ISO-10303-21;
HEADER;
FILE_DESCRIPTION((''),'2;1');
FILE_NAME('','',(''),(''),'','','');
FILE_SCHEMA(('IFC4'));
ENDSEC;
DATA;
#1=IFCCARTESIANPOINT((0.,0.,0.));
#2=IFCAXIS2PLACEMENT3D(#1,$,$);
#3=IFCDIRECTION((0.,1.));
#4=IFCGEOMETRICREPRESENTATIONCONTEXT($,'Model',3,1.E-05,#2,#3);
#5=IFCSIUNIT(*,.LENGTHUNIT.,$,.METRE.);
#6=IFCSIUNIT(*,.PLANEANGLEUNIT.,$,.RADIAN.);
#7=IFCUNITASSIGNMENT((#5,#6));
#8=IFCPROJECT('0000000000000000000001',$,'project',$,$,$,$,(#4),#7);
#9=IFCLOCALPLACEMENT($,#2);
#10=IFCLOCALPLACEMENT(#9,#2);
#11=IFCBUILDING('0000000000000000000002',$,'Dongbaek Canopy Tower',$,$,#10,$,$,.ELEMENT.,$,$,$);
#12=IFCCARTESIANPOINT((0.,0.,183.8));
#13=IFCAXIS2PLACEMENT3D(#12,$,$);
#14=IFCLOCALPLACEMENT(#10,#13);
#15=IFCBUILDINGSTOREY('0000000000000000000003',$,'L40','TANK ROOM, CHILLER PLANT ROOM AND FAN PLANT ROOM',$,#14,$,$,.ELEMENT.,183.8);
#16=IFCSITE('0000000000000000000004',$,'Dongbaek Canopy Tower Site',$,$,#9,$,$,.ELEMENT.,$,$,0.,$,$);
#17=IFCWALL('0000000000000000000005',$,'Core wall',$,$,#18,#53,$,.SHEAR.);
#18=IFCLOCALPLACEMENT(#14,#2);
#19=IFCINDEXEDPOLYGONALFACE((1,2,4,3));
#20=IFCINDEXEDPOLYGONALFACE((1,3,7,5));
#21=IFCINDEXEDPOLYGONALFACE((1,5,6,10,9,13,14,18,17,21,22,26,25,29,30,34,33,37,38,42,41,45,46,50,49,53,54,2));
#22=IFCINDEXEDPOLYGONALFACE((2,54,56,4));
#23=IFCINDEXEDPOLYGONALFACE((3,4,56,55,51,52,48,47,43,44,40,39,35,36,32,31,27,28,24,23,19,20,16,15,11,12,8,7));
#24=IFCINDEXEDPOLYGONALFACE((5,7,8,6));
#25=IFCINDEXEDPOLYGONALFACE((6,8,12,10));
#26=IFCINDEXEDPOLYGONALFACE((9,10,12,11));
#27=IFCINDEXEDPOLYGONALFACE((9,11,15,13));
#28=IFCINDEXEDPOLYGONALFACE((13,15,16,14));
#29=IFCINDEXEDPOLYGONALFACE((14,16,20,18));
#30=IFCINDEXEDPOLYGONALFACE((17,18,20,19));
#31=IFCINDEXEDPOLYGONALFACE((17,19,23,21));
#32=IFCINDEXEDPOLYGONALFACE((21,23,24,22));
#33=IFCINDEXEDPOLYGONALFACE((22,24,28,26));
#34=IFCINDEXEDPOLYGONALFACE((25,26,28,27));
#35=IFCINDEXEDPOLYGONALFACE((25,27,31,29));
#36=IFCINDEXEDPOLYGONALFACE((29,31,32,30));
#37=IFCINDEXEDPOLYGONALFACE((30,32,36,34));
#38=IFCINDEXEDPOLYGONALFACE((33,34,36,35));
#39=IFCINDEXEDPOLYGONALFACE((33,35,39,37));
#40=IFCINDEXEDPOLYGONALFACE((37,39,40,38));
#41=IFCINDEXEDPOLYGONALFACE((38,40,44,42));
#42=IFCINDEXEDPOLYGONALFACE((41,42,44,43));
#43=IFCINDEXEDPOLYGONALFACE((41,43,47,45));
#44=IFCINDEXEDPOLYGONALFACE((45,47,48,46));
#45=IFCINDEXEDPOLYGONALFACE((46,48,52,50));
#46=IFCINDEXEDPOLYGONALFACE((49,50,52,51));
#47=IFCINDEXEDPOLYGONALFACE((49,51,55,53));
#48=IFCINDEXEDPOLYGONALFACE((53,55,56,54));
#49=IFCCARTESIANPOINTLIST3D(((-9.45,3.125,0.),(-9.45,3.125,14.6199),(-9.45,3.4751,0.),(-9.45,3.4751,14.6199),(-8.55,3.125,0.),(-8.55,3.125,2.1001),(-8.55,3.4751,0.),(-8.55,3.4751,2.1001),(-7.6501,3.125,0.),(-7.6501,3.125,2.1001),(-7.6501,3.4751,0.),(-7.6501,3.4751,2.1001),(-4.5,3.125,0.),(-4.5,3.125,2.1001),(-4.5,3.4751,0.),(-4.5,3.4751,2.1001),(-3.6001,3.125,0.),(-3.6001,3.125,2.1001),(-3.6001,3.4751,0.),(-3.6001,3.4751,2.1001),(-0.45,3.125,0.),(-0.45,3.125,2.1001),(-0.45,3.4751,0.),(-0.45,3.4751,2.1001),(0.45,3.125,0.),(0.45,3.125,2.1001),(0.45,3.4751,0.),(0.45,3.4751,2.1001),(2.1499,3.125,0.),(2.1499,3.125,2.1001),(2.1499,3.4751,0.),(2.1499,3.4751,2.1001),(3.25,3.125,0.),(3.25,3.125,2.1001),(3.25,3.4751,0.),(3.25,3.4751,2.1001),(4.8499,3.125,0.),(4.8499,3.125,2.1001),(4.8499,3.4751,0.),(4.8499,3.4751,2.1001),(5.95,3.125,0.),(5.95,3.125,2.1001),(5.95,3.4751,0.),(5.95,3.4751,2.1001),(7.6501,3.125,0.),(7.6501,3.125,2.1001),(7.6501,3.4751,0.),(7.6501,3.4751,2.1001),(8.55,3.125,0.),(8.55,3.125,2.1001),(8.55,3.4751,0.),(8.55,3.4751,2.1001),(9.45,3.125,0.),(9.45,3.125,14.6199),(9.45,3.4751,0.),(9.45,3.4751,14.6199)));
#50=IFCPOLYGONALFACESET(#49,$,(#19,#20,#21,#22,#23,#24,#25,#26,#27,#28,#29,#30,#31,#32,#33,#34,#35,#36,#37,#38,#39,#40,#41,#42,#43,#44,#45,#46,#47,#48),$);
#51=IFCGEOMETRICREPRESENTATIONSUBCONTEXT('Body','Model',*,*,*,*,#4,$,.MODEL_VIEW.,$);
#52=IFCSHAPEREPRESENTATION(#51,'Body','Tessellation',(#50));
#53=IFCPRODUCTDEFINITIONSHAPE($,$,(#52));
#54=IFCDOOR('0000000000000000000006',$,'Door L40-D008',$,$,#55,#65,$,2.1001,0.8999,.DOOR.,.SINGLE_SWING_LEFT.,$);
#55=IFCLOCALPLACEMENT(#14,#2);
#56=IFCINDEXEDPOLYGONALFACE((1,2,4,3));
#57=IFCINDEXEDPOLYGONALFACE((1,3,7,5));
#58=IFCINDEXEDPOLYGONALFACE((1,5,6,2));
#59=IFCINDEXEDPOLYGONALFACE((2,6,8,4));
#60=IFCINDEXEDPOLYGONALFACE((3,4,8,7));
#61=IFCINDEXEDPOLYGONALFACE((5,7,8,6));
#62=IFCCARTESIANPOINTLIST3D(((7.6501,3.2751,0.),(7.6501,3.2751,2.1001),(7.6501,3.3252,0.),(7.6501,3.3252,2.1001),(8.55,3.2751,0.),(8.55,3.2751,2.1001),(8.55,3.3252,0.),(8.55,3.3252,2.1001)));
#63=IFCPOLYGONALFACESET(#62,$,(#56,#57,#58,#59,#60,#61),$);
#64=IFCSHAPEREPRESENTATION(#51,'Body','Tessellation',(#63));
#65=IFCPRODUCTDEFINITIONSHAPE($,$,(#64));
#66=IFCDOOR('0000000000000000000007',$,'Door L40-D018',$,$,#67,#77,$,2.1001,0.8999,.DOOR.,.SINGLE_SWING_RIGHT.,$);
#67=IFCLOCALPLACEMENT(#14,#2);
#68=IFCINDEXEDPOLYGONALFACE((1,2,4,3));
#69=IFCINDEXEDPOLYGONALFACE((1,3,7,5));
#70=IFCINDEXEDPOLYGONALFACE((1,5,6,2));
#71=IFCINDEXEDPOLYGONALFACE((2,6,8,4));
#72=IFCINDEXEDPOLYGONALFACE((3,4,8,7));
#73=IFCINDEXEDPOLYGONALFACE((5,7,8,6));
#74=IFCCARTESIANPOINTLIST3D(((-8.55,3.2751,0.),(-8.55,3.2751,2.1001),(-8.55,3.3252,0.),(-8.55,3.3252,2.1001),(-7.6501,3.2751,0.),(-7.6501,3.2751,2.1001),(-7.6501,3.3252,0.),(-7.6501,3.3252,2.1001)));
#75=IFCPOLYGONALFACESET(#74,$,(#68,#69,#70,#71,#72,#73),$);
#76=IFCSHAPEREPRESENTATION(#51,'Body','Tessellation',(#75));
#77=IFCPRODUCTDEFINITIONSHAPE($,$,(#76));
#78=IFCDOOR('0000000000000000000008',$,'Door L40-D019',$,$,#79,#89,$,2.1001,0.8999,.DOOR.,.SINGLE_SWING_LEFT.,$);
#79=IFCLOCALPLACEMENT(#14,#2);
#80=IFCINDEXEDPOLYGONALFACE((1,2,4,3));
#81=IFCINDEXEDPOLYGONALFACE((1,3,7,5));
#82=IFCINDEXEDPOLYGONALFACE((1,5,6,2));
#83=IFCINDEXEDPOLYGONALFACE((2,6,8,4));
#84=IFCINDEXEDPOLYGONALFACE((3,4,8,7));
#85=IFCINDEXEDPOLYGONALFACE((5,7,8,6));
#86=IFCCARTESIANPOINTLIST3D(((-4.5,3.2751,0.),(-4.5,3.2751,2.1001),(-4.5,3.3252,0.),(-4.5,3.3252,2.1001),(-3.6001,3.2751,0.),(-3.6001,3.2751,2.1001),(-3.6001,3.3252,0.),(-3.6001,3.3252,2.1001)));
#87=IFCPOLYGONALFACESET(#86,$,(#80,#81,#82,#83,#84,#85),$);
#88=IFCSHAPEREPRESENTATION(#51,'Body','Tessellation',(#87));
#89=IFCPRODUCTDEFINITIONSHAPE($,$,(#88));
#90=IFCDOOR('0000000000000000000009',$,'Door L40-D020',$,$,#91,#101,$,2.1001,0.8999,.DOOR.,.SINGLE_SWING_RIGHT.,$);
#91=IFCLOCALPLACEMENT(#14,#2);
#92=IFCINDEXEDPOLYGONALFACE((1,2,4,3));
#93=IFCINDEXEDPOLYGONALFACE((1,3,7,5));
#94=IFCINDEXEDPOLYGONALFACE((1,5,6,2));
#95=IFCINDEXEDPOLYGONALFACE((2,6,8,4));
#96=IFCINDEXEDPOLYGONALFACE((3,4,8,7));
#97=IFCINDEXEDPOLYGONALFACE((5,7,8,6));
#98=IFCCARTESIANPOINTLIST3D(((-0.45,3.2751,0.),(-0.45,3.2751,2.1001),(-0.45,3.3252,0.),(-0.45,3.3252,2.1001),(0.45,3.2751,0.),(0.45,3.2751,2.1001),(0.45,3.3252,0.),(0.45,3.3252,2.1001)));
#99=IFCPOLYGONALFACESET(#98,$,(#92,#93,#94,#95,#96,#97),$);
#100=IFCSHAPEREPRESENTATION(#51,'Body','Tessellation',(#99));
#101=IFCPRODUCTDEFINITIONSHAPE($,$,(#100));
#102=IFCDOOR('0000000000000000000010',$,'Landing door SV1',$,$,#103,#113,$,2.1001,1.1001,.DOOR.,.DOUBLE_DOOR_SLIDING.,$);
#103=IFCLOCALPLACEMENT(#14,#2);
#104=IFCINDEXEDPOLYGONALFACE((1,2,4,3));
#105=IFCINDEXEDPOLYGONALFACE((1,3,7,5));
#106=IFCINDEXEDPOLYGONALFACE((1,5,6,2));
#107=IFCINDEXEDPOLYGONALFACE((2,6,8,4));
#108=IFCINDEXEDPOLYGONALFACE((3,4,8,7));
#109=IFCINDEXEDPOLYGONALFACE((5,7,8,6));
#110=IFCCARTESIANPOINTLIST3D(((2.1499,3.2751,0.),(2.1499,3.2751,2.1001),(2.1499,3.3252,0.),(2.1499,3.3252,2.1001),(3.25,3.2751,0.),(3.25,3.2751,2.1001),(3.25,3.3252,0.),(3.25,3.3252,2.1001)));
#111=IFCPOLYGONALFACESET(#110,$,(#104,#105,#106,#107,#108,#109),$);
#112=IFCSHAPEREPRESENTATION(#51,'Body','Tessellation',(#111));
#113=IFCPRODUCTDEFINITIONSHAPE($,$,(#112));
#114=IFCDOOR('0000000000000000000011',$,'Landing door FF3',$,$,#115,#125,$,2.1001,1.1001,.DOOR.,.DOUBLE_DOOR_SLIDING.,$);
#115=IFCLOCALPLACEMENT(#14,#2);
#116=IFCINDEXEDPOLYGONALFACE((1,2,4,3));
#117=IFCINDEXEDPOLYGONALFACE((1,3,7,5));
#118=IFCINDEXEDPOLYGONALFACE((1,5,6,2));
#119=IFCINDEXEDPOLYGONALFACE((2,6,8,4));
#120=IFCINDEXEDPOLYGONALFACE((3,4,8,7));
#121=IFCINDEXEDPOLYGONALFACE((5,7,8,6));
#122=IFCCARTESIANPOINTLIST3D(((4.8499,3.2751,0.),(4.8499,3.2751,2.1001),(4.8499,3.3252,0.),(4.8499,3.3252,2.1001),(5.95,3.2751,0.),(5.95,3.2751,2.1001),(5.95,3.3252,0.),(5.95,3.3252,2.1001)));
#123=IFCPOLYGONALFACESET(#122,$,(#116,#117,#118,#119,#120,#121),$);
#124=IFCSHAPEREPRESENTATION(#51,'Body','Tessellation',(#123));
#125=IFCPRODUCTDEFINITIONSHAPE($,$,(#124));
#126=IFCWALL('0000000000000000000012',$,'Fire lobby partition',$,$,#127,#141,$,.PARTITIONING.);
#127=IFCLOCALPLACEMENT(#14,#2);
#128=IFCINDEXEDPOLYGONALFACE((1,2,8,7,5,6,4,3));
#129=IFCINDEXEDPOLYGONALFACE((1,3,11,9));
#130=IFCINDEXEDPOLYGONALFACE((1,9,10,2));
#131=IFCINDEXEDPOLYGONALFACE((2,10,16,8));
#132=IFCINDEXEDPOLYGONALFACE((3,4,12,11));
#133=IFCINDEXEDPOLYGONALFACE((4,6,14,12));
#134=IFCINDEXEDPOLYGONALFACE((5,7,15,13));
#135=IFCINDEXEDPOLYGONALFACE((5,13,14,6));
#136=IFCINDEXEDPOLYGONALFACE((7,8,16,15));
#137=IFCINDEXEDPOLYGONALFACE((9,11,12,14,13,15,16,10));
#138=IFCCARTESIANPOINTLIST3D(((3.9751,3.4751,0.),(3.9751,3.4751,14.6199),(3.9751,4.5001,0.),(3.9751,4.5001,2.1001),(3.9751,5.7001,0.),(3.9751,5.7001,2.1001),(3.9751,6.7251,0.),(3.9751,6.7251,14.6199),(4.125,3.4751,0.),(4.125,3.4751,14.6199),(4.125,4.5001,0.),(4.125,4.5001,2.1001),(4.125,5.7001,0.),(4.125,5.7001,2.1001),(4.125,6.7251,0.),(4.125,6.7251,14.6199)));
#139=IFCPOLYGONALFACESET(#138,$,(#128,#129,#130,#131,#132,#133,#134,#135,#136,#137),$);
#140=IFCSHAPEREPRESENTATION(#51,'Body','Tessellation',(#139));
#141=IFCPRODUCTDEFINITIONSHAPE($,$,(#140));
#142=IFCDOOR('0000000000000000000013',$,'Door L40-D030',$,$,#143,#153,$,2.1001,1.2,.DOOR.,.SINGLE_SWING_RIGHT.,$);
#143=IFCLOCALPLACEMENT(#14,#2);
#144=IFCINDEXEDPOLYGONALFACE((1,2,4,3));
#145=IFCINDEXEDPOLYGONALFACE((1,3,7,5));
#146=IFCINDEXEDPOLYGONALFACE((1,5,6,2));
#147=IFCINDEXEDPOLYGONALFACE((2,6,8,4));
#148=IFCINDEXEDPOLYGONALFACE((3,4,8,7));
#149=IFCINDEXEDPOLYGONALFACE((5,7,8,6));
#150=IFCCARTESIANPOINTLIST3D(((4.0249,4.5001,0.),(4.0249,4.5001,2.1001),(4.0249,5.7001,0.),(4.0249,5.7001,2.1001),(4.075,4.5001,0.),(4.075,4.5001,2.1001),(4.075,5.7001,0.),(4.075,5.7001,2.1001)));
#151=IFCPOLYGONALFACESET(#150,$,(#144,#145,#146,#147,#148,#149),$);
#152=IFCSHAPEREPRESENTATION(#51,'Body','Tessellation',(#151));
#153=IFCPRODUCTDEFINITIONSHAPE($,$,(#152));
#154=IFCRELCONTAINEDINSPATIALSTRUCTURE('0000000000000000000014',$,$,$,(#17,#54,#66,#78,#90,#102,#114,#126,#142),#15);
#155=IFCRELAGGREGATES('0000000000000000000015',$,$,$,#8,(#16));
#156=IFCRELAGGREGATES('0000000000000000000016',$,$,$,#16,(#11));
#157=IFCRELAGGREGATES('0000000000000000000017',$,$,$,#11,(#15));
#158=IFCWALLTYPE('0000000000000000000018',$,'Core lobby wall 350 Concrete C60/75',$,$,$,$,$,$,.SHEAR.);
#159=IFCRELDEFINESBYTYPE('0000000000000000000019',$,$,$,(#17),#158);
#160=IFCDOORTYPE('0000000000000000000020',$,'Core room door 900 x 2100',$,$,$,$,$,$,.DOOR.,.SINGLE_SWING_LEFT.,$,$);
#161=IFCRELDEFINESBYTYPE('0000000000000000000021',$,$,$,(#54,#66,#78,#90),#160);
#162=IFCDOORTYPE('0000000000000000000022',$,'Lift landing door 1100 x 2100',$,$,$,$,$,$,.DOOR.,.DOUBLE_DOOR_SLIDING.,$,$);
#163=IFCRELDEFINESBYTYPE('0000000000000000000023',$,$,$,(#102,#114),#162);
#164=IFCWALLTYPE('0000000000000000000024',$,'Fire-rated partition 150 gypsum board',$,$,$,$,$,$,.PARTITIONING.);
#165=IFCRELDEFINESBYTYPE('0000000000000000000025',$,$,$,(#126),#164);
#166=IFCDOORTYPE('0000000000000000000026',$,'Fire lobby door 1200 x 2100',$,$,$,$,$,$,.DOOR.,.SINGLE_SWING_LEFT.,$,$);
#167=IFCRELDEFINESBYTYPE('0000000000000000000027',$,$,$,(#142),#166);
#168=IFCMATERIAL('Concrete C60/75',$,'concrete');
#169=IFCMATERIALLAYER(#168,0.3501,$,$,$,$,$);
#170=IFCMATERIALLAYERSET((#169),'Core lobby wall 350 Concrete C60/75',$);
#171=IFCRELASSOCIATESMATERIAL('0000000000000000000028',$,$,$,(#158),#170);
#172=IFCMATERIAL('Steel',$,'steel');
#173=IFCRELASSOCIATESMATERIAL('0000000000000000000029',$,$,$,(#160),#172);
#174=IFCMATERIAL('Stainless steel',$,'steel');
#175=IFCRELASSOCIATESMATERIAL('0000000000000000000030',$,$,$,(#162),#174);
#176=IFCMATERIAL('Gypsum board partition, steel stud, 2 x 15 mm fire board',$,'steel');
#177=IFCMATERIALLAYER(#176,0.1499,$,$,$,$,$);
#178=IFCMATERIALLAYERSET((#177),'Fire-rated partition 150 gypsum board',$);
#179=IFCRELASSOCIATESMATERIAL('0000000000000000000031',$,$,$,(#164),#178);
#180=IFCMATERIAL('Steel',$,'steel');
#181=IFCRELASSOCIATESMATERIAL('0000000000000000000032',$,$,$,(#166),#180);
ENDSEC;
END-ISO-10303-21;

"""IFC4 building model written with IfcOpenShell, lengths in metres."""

from ifc_helpers import new_model, si_unit, direction, frame, frame_2d, origin, place, context, subcontext, project, spatial, rectangle, extrude, material, layer, layer_set, type_object, element, fill, save


model = new_model("IFC4")

# Units and contexts
model_context = context("Model", 3, precision=1e-05, world=origin(), true_north=direction((0.0, 1.0)))
body_context = subcontext(model_context, "Body", "Model", "MODEL_VIEW")
ifc_project = project(units=[si_unit("LENGTHUNIT", "METRE"), si_unit("PLANEANGLEUNIT", "RADIAN")], contexts=[model_context])

# Site, building, storey
site_placement = place(None, origin())
site = spatial("IfcSite", under=ifc_project, at=site_placement, Name="Dongbaek Canopy Tower Site", CompositionType="ELEMENT", RefElevation=0.0)
building_placement = place(site_placement, origin())
building = spatial("IfcBuilding", under=site, at=building_placement, Name="Dongbaek Canopy Tower", CompositionType="ELEMENT")
storey_placement = place(building_placement, frame((0.0, 0.0, 183.8)))
storey = spatial("IfcBuildingStorey", under=building, at=storey_placement, Name="L40", Description="TANK ROOM, CHILLER PLANT ROOM AND FAN PLANT ROOM", CompositionType="ELEMENT", Elevation=183.8)

# Wall, openings, doors
ifc_material_1 = material(Name="Concrete C60/75", Category="concrete")
ifc_layer_1 = layer(ifc_material_1, 0.3501)
ifc_layer_set_1 = layer_set([ifc_layer_1], Name="Core lobby wall 350 Concrete C60/75")
wall_type_1 = type_object("IfcWallType", Name="Core lobby wall 350 Concrete C60/75", PredefinedType="SHEAR", material=ifc_layer_set_1)
wall_1_placement = place(storey_placement, frame((9.45, 3.3, 0.0), z_axis=(0.0, 0.0, 1.0), x_axis=(-1.0, 0.0, 0.0)))
wall_1 = element("IfcWall", 1, at=wall_1_placement, inside=storey, type_object=wall_type_1, Name="Core wall", PredefinedType="SHEAR", context=body_context, shape_type="SweptSolid", body=[
    extrude(rectangle(XDim=18.8999, YDim=0.3501, at=frame_2d((9.45, 0.0))), origin(), (0.0, 0.0, 1.0), 14.6199),
])
opening_1_placement = place(wall_1_placement, frame((6.2, 0.0, 0.0)))
opening_1 = element("IfcOpeningElement", 2, at=opening_1_placement, cuts=wall_1, PredefinedType="OPENING", context=body_context, shape_type="SweptSolid", body=[
    extrude(rectangle(XDim=1.1001, YDim=2.1001, at=frame_2d((0.55, 1.05))), frame((0.0, 0.1851, 0.0), z_axis=(0.0, -1.0, 0.0), x_axis=(1.0, 0.0, 0.0)), (0.0, 0.0, 1.0), 0.3701),
])
opening_2_placement = place(wall_1_placement, frame((3.5, 0.0, 0.0)))
opening_2 = element("IfcOpeningElement", 3, at=opening_2_placement, cuts=wall_1, PredefinedType="OPENING", context=body_context, shape_type="SweptSolid", body=[
    extrude(rectangle(XDim=1.1001, YDim=2.1001, at=frame_2d((0.55, 1.05))), frame((0.0, 0.1851, 0.0), z_axis=(0.0, -1.0, 0.0), x_axis=(1.0, 0.0, 0.0)), (0.0, 0.0, 1.0), 0.3701),
])
opening_3_placement = place(wall_1_placement, frame((0.8999, 0.0, 0.0)))
opening_3 = element("IfcOpeningElement", 4, at=opening_3_placement, cuts=wall_1, PredefinedType="OPENING", context=body_context, shape_type="SweptSolid", body=[
    extrude(rectangle(XDim=0.8999, YDim=2.1001, at=frame_2d((0.45, 1.05))), frame((0.0, 0.1851, 0.0), z_axis=(0.0, -1.0, 0.0), x_axis=(1.0, 0.0, 0.0)), (0.0, 0.0, 1.0), 0.3701),
])
opening_4_placement = place(wall_1_placement, frame((17.1001, 0.0, 0.0)))
opening_4 = element("IfcOpeningElement", 5, at=opening_4_placement, cuts=wall_1, PredefinedType="OPENING", context=body_context, shape_type="SweptSolid", body=[
    extrude(rectangle(XDim=0.8999, YDim=2.1001, at=frame_2d((0.45, 1.05))), frame((0.0, 0.1851, 0.0), z_axis=(0.0, -1.0, 0.0), x_axis=(1.0, 0.0, 0.0)), (0.0, 0.0, 1.0), 0.3701),
])
opening_5_placement = place(wall_1_placement, frame((13.05, 0.0, 0.0)))
opening_5 = element("IfcOpeningElement", 6, at=opening_5_placement, cuts=wall_1, PredefinedType="OPENING", context=body_context, shape_type="SweptSolid", body=[
    extrude(rectangle(XDim=0.8999, YDim=2.1001, at=frame_2d((0.45, 1.05))), frame((0.0, 0.1851, 0.0), z_axis=(0.0, -1.0, 0.0), x_axis=(1.0, 0.0, 0.0)), (0.0, 0.0, 1.0), 0.3701),
])
opening_6_placement = place(wall_1_placement, frame((9.0, 0.0, 0.0)))
opening_6 = element("IfcOpeningElement", 7, at=opening_6_placement, cuts=wall_1, PredefinedType="OPENING", context=body_context, shape_type="SweptSolid", body=[
    extrude(rectangle(XDim=0.8999, YDim=2.1001, at=frame_2d((0.45, 1.05))), frame((0.0, 0.1851, 0.0), z_axis=(0.0, -1.0, 0.0), x_axis=(1.0, 0.0, 0.0)), (0.0, 0.0, 1.0), 0.3701),
])
ifc_material_2 = material(Name="Steel", Category="steel")
door_type_1 = type_object("IfcDoorType", Name="Core room door 900 x 2100", OperationType="SINGLE_SWING_LEFT", PredefinedType="DOOR", material=ifc_material_2)
door_1_placement = place(opening_3_placement, origin())
door_1 = element("IfcDoor", 8, at=door_1_placement, inside=storey, type_object=door_type_1, Name="Door L40-D008", OperationType="SINGLE_SWING_LEFT", OverallHeight=2.1001, OverallWidth=0.8999, PredefinedType="DOOR", context=body_context, shape_type="SweptSolid", body=[
    extrude(rectangle(XDim=0.8999, YDim=2.1001, at=frame_2d((0.45, 1.05))), frame((0.0, 0.0249, 0.0), z_axis=(0.0, -1.0, 0.0), x_axis=(1.0, 0.0, 0.0)), (0.0, 0.0, 1.0), 0.05),
])
fill(opening_3, door_1)
door_2_placement = place(opening_4_placement, origin())
door_2 = element("IfcDoor", 9, at=door_2_placement, inside=storey, type_object=door_type_1, Name="Door L40-D018", OperationType="SINGLE_SWING_RIGHT", OverallHeight=2.1001, OverallWidth=0.8999, PredefinedType="DOOR", context=body_context, shape_type="SweptSolid", body=[
    extrude(rectangle(XDim=0.8999, YDim=2.1001, at=frame_2d((0.45, 1.05))), frame((0.0, 0.0249, 0.0), z_axis=(0.0, -1.0, 0.0), x_axis=(1.0, 0.0, 0.0)), (0.0, 0.0, 1.0), 0.05),
])
fill(opening_4, door_2)
door_3_placement = place(opening_5_placement, origin())
door_3 = element("IfcDoor", 10, at=door_3_placement, inside=storey, type_object=door_type_1, Name="Door L40-D019", OperationType="SINGLE_SWING_LEFT", OverallHeight=2.1001, OverallWidth=0.8999, PredefinedType="DOOR", context=body_context, shape_type="SweptSolid", body=[
    extrude(rectangle(XDim=0.8999, YDim=2.1001, at=frame_2d((0.45, 1.05))), frame((0.0, 0.0249, 0.0), z_axis=(0.0, -1.0, 0.0), x_axis=(1.0, 0.0, 0.0)), (0.0, 0.0, 1.0), 0.05),
])
fill(opening_5, door_3)
door_4_placement = place(opening_6_placement, origin())
door_4 = element("IfcDoor", 11, at=door_4_placement, inside=storey, type_object=door_type_1, Name="Door L40-D020", OperationType="SINGLE_SWING_RIGHT", OverallHeight=2.1001, OverallWidth=0.8999, PredefinedType="DOOR", context=body_context, shape_type="SweptSolid", body=[
    extrude(rectangle(XDim=0.8999, YDim=2.1001, at=frame_2d((0.45, 1.05))), frame((0.0, 0.0249, 0.0), z_axis=(0.0, -1.0, 0.0), x_axis=(1.0, 0.0, 0.0)), (0.0, 0.0, 1.0), 0.05),
])
fill(opening_6, door_4)
ifc_material_3 = material(Name="Stainless steel", Category="steel")
door_type_2 = type_object("IfcDoorType", Name="Lift landing door 1100 x 2100", OperationType="DOUBLE_DOOR_SLIDING", PredefinedType="DOOR", material=ifc_material_3)
door_5_placement = place(opening_1_placement, origin())
door_5 = element("IfcDoor", 12, at=door_5_placement, inside=storey, type_object=door_type_2, Name="Landing door SV1", OperationType="DOUBLE_DOOR_SLIDING", OverallHeight=2.1001, OverallWidth=1.1001, PredefinedType="DOOR", context=body_context, shape_type="SweptSolid", body=[
    extrude(rectangle(XDim=1.1001, YDim=2.1001, at=frame_2d((0.55, 1.05))), frame((0.0, 0.0249, 0.0), z_axis=(0.0, -1.0, 0.0), x_axis=(1.0, 0.0, 0.0)), (0.0, 0.0, 1.0), 0.05),
])
fill(opening_1, door_5)
door_6_placement = place(opening_2_placement, origin())
door_6 = element("IfcDoor", 13, at=door_6_placement, inside=storey, type_object=door_type_2, Name="Landing door FF3", OperationType="DOUBLE_DOOR_SLIDING", OverallHeight=2.1001, OverallWidth=1.1001, PredefinedType="DOOR", context=body_context, shape_type="SweptSolid", body=[
    extrude(rectangle(XDim=1.1001, YDim=2.1001, at=frame_2d((0.55, 1.05))), frame((0.0, 0.0249, 0.0), z_axis=(0.0, -1.0, 0.0), x_axis=(1.0, 0.0, 0.0)), (0.0, 0.0, 1.0), 0.05),
])
fill(opening_2, door_6)

# Wall, opening, door
ifc_material_4 = material(Name="Gypsum board partition, steel stud, 2 x 15 mm fire board", Category="steel")
ifc_layer_2 = layer(ifc_material_4, 0.1499)
ifc_layer_set_2 = layer_set([ifc_layer_2], Name="Fire-rated partition 150 gypsum board")
wall_type_2 = type_object("IfcWallType", Name="Fire-rated partition 150 gypsum board", PredefinedType="PARTITIONING", material=ifc_layer_set_2)
wall_2_placement = place(storey_placement, frame((4.05, 6.7251, 0.0), z_axis=(0.0, 0.0, 1.0), x_axis=(0.0, -1.0, 0.0)))
wall_2 = element("IfcWall", 14, at=wall_2_placement, inside=storey, type_object=wall_type_2, Name="Fire lobby partition", PredefinedType="PARTITIONING", context=body_context, shape_type="SweptSolid", body=[
    extrude(rectangle(XDim=3.25, YDim=0.1499, at=frame_2d((1.625, 0.0))), origin(), (0.0, 0.0, 1.0), 14.6199),
])
opening_7_placement = place(wall_2_placement, frame((1.0249, 0.0, 0.0)))
opening_7 = element("IfcOpeningElement", 15, at=opening_7_placement, cuts=wall_2, PredefinedType="OPENING", context=body_context, shape_type="SweptSolid", body=[
    extrude(rectangle(XDim=1.2, YDim=2.1001, at=frame_2d((0.6001, 1.05))), frame((0.0, 0.085, 0.0), z_axis=(0.0, -1.0, 0.0), x_axis=(1.0, 0.0, 0.0)), (0.0, 0.0, 1.0), 0.1699),
])
ifc_material_5 = material(Name="Steel", Category="steel")
door_type_3 = type_object("IfcDoorType", Name="Fire lobby door 1200 x 2100", OperationType="SINGLE_SWING_LEFT", PredefinedType="DOOR", material=ifc_material_5)
door_7_placement = place(opening_7_placement, origin())
door_7 = element("IfcDoor", 16, at=door_7_placement, inside=storey, type_object=door_type_3, Name="Door L40-D030", OperationType="SINGLE_SWING_RIGHT", OverallHeight=2.1001, OverallWidth=1.2, PredefinedType="DOOR", context=body_context, shape_type="SweptSolid", body=[
    extrude(rectangle(XDim=1.2, YDim=2.1001, at=frame_2d((0.6001, 1.05))), frame((0.0, 0.0249, 0.0), z_axis=(0.0, -1.0, 0.0), x_axis=(1.0, 0.0, 0.0)), (0.0, 0.0, 1.0), 0.05),
])
fill(opening_7, door_7)

save(model, "model.ifc")
